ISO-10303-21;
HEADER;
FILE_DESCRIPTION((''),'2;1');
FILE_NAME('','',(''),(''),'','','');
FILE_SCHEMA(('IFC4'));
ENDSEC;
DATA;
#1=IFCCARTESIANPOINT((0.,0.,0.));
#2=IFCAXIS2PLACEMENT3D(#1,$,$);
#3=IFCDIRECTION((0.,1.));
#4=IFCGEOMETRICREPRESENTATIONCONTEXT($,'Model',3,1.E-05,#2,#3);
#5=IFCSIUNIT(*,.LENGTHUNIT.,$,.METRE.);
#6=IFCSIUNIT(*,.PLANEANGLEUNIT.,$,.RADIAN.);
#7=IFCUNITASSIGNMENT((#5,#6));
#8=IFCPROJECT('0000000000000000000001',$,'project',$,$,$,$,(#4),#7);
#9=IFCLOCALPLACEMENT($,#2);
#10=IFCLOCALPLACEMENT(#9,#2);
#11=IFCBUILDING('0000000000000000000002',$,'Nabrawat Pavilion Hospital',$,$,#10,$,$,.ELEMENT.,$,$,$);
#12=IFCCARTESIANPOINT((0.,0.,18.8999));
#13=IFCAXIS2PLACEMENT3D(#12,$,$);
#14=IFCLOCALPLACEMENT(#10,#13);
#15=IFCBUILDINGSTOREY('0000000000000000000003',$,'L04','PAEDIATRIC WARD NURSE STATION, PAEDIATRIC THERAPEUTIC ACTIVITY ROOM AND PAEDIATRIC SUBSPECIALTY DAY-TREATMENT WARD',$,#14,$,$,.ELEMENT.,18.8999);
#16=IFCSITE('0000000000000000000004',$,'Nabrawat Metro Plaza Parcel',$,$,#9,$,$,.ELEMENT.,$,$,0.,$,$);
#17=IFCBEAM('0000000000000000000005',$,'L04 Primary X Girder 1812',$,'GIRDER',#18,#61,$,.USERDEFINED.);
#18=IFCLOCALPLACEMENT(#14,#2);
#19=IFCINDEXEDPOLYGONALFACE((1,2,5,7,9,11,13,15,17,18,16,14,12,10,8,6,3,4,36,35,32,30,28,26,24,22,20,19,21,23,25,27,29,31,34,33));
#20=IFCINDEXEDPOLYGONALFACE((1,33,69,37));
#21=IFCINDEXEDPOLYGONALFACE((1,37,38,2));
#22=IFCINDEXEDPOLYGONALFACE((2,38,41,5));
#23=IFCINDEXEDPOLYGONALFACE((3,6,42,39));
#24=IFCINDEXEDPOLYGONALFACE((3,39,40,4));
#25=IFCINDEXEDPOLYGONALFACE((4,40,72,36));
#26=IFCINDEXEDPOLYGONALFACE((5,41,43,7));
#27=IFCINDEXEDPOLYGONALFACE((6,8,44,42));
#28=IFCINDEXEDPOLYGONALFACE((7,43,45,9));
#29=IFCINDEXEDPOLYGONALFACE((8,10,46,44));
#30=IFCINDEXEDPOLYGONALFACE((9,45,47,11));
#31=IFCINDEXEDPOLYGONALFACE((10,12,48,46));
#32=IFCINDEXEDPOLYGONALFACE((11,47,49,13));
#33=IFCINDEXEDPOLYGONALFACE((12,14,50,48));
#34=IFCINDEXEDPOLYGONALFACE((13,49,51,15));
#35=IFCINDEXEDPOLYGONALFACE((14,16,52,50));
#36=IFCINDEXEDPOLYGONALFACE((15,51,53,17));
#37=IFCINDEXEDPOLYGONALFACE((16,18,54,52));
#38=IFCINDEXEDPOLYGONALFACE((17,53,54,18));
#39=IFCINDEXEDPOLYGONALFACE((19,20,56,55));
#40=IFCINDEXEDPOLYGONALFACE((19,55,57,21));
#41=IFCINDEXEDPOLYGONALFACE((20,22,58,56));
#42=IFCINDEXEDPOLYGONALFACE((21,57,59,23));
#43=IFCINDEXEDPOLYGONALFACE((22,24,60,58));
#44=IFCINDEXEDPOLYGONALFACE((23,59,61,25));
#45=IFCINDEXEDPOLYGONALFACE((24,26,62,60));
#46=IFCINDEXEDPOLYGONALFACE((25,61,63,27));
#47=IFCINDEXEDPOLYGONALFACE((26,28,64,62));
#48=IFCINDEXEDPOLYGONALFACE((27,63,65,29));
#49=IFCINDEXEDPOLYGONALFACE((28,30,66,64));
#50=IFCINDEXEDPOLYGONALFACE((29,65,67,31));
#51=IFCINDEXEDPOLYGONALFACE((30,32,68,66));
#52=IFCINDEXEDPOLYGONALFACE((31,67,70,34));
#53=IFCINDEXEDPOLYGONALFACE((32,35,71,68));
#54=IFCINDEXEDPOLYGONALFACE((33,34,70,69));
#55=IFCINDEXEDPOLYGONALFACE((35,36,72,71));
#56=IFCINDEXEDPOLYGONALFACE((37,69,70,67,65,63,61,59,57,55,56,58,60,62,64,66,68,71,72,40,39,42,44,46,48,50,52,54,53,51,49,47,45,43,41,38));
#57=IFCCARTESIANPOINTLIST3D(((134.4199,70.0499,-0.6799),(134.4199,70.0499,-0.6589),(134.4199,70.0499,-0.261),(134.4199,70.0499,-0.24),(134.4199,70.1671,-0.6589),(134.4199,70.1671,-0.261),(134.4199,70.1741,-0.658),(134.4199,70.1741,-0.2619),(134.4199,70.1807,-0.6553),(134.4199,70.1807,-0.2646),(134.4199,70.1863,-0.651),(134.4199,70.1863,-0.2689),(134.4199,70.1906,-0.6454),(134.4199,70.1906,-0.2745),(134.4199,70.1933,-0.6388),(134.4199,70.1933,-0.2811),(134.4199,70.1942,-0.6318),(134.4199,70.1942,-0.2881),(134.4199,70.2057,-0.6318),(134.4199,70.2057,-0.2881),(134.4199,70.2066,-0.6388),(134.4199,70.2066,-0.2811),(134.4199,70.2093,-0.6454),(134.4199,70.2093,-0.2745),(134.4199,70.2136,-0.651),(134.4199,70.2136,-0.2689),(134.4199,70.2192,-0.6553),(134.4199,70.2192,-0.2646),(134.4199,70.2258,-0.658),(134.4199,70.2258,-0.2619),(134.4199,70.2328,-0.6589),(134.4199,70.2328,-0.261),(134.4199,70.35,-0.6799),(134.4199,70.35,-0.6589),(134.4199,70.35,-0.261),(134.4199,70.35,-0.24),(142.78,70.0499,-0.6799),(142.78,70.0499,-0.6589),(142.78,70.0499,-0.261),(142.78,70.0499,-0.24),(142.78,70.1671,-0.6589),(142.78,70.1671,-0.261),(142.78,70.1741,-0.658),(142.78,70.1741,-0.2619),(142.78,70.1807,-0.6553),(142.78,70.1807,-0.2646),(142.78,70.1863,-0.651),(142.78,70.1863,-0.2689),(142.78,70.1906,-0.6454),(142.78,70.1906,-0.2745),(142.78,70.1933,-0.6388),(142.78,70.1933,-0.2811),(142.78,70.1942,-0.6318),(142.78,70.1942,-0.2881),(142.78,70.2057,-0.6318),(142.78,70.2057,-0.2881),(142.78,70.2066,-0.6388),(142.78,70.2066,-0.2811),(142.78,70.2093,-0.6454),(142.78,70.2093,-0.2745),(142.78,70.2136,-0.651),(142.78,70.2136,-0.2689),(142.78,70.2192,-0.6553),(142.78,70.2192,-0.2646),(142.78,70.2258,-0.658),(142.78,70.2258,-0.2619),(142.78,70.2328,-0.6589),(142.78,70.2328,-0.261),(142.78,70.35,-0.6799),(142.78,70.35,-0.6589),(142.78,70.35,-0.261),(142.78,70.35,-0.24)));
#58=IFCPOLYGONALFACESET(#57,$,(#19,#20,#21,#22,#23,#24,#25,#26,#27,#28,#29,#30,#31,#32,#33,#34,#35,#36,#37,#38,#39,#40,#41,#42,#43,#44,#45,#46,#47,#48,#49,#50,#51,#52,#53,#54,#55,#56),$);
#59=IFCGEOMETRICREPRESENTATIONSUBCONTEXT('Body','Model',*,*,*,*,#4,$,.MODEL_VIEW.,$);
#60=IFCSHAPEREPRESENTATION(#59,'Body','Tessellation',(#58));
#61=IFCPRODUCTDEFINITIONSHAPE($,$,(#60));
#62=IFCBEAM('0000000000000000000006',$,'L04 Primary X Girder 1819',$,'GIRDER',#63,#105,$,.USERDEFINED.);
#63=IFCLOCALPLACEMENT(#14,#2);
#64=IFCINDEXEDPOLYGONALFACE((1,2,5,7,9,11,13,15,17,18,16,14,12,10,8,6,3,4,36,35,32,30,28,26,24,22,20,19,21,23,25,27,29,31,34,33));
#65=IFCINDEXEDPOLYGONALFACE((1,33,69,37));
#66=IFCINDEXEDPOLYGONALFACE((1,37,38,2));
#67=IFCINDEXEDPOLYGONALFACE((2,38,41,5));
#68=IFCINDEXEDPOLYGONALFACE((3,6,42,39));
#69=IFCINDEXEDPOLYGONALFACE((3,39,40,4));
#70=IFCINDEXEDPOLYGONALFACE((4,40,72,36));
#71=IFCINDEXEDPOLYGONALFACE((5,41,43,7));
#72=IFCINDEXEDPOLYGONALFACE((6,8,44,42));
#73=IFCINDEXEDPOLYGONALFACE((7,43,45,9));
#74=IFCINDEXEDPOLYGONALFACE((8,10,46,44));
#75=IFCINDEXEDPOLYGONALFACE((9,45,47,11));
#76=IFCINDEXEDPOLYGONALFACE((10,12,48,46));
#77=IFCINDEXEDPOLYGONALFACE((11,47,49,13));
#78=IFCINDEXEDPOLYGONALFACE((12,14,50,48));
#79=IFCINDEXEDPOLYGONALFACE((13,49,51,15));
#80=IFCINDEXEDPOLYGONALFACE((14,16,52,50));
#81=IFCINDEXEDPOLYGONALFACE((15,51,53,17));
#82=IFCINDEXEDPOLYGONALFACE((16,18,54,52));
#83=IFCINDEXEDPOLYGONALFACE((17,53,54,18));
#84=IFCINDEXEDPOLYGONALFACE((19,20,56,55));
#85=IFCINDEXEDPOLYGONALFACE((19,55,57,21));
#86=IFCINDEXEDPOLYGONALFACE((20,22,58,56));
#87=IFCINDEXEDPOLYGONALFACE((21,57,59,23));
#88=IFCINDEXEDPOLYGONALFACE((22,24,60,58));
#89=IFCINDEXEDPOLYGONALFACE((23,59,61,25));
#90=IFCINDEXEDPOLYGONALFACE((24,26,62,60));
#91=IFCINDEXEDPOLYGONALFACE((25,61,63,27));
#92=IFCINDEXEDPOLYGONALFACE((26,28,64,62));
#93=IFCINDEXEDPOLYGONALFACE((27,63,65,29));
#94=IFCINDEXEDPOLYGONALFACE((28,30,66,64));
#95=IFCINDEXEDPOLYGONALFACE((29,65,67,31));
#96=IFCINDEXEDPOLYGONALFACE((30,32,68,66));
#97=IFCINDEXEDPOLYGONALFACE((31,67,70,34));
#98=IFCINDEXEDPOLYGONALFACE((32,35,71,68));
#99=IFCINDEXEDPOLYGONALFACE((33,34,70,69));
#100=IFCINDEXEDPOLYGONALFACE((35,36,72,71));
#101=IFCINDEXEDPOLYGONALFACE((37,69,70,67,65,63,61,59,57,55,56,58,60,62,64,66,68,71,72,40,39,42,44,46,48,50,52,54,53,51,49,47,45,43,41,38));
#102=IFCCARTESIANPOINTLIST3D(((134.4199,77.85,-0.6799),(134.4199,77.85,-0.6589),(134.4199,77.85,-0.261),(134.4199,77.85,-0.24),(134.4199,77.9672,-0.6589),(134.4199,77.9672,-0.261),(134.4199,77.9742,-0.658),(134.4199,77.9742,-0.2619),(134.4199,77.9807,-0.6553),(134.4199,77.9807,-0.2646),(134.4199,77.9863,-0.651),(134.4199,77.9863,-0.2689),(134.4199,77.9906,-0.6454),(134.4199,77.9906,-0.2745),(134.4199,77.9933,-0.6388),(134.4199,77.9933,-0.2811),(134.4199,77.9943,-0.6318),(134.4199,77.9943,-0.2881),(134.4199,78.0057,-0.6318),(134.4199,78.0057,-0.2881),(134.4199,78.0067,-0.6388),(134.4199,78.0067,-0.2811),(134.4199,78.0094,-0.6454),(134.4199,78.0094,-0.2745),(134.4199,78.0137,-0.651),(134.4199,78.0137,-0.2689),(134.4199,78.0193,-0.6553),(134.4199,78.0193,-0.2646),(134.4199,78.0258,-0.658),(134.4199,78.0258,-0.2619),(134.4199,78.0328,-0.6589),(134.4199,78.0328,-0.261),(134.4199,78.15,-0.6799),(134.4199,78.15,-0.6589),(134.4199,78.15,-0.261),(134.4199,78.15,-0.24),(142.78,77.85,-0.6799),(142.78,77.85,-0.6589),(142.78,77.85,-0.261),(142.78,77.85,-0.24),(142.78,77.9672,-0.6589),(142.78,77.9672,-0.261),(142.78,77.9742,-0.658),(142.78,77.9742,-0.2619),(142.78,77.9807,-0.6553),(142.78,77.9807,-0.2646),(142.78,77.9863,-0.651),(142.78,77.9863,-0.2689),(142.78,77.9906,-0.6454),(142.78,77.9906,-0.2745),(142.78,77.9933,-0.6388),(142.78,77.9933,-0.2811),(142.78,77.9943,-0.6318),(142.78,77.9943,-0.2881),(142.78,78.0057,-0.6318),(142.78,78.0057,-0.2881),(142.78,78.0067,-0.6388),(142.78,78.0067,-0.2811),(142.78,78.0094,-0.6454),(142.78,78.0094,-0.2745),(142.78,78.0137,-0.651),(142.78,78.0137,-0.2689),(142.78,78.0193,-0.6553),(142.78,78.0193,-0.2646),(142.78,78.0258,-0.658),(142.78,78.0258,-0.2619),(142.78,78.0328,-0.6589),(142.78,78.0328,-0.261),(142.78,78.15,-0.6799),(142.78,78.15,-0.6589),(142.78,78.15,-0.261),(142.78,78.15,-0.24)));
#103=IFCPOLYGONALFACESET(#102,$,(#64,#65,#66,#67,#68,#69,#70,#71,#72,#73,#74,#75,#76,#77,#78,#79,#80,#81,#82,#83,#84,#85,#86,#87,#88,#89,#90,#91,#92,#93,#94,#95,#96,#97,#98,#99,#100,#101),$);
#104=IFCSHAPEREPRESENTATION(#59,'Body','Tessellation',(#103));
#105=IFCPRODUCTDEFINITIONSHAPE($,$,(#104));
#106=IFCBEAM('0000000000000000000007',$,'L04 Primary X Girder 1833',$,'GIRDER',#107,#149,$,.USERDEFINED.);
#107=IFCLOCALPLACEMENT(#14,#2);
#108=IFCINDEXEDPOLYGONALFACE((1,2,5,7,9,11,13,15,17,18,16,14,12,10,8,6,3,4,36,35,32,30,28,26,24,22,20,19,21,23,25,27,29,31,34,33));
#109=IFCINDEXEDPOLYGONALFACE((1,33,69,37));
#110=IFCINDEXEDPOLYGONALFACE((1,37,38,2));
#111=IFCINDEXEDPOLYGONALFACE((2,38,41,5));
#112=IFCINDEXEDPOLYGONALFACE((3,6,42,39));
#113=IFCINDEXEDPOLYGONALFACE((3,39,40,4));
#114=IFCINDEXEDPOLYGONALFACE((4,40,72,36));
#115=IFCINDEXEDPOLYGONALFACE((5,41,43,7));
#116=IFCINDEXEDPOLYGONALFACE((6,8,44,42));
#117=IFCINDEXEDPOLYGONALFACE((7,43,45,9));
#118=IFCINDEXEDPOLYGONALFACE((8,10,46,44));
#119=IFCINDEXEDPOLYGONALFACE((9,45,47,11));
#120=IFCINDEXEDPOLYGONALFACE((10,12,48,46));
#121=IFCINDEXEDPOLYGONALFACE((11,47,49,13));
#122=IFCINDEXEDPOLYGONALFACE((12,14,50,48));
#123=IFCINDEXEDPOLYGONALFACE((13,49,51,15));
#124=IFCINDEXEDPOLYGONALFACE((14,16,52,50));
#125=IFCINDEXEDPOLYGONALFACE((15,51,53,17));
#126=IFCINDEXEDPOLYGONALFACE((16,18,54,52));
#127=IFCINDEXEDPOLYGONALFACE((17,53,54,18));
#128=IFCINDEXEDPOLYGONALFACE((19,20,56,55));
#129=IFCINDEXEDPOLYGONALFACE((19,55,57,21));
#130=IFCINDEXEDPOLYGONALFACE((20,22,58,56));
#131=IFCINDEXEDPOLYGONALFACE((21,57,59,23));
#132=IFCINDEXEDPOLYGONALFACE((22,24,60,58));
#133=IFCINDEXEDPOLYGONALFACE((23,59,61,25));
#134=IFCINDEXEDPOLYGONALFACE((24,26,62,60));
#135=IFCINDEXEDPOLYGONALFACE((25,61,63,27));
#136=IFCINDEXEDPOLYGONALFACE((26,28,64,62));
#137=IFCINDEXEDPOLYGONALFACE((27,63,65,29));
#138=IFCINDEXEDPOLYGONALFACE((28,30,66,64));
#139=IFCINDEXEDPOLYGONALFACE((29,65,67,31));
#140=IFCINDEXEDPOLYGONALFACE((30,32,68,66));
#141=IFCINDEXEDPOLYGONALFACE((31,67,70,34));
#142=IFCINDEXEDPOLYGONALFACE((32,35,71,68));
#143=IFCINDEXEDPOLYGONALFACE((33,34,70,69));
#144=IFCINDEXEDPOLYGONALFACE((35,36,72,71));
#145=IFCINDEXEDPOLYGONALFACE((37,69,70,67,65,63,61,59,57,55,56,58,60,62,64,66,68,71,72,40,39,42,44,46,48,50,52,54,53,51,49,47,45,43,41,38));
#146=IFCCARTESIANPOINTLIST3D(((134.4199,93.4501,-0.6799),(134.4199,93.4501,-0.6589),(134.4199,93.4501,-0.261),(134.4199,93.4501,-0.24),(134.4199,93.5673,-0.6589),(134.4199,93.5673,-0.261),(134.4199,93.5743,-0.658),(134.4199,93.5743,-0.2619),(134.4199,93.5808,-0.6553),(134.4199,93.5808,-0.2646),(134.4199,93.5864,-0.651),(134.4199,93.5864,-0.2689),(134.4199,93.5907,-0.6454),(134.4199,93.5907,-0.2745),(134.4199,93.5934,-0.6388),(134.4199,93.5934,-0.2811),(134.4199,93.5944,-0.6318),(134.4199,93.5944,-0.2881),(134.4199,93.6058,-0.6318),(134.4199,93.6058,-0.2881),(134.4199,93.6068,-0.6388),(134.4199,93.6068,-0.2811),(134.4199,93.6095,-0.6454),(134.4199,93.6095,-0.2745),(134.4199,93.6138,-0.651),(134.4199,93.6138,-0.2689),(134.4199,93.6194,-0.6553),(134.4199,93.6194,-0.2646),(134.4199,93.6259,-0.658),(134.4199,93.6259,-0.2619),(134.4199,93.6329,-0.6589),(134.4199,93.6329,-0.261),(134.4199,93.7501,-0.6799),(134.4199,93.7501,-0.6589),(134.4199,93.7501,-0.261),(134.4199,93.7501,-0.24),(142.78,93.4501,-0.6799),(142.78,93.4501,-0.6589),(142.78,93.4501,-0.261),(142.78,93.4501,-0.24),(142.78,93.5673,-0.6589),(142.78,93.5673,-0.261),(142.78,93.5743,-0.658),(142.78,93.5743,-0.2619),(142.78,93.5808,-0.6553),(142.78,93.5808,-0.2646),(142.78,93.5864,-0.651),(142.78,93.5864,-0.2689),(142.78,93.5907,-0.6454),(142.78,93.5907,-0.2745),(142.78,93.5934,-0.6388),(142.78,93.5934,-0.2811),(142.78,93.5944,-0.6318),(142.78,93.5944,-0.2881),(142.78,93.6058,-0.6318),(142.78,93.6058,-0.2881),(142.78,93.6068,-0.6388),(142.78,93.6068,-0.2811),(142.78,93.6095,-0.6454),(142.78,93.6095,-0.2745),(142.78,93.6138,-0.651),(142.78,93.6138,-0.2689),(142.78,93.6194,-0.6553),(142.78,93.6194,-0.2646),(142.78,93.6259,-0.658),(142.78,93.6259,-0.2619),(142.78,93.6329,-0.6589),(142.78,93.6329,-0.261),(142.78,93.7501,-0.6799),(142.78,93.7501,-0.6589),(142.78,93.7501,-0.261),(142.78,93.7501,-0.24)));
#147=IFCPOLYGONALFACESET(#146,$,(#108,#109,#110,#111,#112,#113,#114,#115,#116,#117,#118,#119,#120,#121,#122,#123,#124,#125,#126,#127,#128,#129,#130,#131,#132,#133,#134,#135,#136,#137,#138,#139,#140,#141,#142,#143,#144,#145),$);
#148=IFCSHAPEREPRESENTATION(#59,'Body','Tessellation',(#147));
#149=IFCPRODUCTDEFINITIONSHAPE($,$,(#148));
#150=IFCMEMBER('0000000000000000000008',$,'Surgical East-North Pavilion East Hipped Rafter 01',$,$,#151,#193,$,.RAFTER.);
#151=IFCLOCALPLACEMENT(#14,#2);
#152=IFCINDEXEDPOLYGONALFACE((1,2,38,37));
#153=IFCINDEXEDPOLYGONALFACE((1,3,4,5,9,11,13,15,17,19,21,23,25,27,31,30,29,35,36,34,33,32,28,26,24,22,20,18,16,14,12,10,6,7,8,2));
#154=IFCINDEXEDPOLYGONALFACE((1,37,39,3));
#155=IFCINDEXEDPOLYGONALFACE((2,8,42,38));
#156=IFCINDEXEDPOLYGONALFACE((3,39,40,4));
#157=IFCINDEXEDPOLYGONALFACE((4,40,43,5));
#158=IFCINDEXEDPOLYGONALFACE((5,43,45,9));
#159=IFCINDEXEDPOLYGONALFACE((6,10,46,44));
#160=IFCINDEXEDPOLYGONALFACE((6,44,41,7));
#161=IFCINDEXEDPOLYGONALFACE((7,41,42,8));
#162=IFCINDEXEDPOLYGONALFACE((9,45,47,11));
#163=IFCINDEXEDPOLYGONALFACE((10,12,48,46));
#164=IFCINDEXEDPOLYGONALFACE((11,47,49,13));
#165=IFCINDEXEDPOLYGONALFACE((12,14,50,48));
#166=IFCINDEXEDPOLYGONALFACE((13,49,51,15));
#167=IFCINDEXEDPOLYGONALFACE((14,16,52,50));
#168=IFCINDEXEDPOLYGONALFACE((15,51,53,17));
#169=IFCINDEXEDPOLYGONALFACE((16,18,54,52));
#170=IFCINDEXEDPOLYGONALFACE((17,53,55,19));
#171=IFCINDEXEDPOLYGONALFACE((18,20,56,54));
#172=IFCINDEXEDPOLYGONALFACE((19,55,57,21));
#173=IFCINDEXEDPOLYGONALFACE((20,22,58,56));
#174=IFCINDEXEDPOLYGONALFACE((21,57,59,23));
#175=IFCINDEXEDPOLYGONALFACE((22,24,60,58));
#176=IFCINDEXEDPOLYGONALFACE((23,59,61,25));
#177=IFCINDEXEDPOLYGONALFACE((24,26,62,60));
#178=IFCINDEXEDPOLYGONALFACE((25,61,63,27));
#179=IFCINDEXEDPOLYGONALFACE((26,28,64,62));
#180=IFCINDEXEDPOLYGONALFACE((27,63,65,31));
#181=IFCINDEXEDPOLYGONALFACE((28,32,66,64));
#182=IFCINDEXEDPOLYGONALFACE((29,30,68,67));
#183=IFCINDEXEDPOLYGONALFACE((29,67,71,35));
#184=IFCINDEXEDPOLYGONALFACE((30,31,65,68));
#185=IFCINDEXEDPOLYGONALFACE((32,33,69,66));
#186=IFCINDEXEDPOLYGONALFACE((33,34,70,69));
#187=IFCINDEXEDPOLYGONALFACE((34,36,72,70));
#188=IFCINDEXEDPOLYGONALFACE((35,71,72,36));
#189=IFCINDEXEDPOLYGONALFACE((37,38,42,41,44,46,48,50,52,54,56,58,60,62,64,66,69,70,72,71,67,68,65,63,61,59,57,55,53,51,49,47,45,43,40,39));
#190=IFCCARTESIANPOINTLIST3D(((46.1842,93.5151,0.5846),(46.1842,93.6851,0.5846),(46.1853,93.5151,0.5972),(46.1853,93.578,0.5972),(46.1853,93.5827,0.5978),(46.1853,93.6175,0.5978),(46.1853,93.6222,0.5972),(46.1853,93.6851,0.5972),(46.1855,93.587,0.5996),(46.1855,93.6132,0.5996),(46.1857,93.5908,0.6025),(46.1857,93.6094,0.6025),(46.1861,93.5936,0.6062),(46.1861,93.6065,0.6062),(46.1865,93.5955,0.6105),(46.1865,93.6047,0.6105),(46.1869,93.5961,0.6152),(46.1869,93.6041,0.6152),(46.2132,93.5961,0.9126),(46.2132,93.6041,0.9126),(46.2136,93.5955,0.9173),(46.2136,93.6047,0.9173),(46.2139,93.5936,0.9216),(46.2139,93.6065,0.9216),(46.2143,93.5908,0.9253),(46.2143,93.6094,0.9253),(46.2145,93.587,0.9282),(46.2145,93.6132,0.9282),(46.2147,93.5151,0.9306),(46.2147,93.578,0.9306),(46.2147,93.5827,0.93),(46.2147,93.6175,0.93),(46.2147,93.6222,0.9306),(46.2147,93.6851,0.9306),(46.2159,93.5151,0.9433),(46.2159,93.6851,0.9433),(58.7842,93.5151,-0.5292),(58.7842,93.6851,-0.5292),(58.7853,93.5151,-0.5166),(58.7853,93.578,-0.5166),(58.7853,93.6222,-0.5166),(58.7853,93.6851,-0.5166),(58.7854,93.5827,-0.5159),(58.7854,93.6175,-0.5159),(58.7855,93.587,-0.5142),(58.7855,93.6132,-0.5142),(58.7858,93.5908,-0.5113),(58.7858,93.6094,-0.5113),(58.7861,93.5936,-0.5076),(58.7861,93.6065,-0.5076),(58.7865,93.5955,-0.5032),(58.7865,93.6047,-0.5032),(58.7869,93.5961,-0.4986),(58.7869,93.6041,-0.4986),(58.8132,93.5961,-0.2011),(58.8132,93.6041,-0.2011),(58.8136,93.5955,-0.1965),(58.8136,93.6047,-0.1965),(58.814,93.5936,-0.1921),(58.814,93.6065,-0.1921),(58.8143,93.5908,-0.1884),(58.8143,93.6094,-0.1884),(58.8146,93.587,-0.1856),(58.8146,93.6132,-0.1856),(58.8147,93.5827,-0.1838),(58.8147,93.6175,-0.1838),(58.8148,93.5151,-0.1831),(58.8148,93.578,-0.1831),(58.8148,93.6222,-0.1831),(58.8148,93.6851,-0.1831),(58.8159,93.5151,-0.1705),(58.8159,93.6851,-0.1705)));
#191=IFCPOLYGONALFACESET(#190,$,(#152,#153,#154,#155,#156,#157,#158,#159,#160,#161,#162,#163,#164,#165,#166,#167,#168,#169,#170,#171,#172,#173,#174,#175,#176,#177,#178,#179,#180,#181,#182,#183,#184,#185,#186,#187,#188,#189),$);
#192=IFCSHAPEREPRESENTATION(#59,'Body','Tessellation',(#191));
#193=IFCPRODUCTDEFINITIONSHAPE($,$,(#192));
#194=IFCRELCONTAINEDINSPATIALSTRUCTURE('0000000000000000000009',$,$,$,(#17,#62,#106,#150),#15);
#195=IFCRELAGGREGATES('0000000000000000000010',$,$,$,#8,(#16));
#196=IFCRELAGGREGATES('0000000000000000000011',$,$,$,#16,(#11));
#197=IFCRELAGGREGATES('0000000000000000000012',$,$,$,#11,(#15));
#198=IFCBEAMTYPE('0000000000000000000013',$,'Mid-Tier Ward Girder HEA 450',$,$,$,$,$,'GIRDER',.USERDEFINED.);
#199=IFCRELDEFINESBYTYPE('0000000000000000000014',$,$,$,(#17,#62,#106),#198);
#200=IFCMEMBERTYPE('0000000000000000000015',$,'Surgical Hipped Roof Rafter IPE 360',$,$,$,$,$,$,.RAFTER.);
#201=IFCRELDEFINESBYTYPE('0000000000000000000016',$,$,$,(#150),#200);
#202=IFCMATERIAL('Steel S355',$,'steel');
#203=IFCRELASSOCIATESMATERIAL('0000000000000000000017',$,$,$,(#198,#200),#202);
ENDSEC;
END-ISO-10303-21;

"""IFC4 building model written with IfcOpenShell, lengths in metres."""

from ifc_helpers import new_model, si_unit, direction, frame, origin, origin_2d, place, context, subcontext, project, spatial, i_section, extrude, material, material_profile, profile_set, type_object, element, save


model = new_model("IFC4")

# Units and contexts
model_context = context("Model", 3, precision=1e-05, world=origin(), true_north=direction((0.0, 1.0)))
body_context = subcontext(model_context, "Body", "Model", "MODEL_VIEW")
ifc_project = project(units=[si_unit("LENGTHUNIT", "METRE"), si_unit("PLANEANGLEUNIT", "RADIAN")], contexts=[model_context])

# Site, building, storey
site_placement = place(None, origin())
site = spatial("IfcSite", under=ifc_project, at=site_placement, Name="Nabrawat Metro Plaza Parcel", CompositionType="ELEMENT", RefElevation=0.0)
building_placement = place(site_placement, origin())
building = spatial("IfcBuilding", under=site, at=building_placement, Name="Nabrawat Pavilion Hospital", CompositionType="ELEMENT")
storey_placement = place(building_placement, frame((0.0, 0.0, 18.8999)))
storey = spatial("IfcBuildingStorey", under=building, at=storey_placement, Name="L04", Description="PAEDIATRIC WARD NURSE STATION, PAEDIATRIC THERAPEUTIC ACTIVITY ROOM AND PAEDIATRIC SUBSPECIALTY DAY-TREATMENT WARD", CompositionType="ELEMENT", Elevation=18.8999)

# Beams
ifc_material_1 = material(Name="Steel S355", Category="steel")
ifc_material_profile_1 = material_profile(ifc_material_1, i_section(OverallWidth=0.3, OverallDepth=0.4399, WebThickness=0.0115, FlangeThickness=0.021, FilletRadius=0.0271, at=origin_2d()), Name="HEA 450")
ifc_profile_set_1 = profile_set([ifc_material_profile_1], Name="Steel S355")
beam_type_1 = type_object("IfcBeamType", Name="Mid-Tier Ward Girder HEA 450", ElementType="GIRDER", PredefinedType="USERDEFINED", material=ifc_profile_set_1)
for number, where, z_axis, x_axis, name in (
    (1, (134.4199, 70.2, -0.46), (1.0, 0.0, 0.0), (0.0, 1.0, 0.0), "L04 Primary X Girder 1812"),
    (2, (134.4199, 78.0, -0.46), (1.0, 0.0, 0.0), (0.0, 1.0, 0.0), "L04 Primary X Girder 1819"),
    (3, (134.4199, 93.6001, -0.46), (1.0, 0.0, 0.0), (0.0, 1.0, 0.0), "L04 Primary X Girder 1833"),
):
    element("IfcBeam", number, at=place(storey_placement, frame(where, z_axis=z_axis, x_axis=x_axis)), inside=storey, type_object=beam_type_1, Name=name, ObjectType="GIRDER", PredefinedType="USERDEFINED", context=body_context, shape_type="SweptSolid", body=[
        extrude(i_section(OverallWidth=0.3, OverallDepth=0.4399, WebThickness=0.0115, FlangeThickness=0.021, FilletRadius=0.0271, at=origin_2d()), origin(), (0.0, 0.0, 1.0), 8.3601),
    ])

# Member
ifc_material_profile_2 = material_profile(ifc_material_1, i_section(OverallWidth=0.1699, OverallDepth=0.3601, WebThickness=0.0081, FlangeThickness=0.0127, FilletRadius=0.0181, at=origin_2d()), Name="IPE 360")
ifc_profile_set_2 = profile_set([ifc_material_profile_2], Name="Steel S355")
member_type_1 = type_object("IfcMemberType", Name="Surgical Hipped Roof Rafter IPE 360", PredefinedType="RAFTER", material=ifc_profile_set_2)
for number, where, z_axis, x_axis, name in (
    (4, (58.8, 93.6001, -0.3499), (-0.996116, 0.0, 0.08805), (0.0, -1.0, 0.0), "Surgical East-North Pavilion East Hipped Rafter 01"),
):
    element("IfcMember", number, at=place(storey_placement, frame(where, z_axis=z_axis, x_axis=x_axis)), inside=storey, type_object=member_type_1, Name=name, PredefinedType="RAFTER", context=body_context, shape_type="SweptSolid", body=[
        extrude(i_section(OverallWidth=0.1699, OverallDepth=0.3601, WebThickness=0.0081, FlangeThickness=0.0127, FilletRadius=0.0181, at=origin_2d()), origin(), (0.0, 0.0, 1.0), 12.6492),
    ])

save(model, "model.ifc")
